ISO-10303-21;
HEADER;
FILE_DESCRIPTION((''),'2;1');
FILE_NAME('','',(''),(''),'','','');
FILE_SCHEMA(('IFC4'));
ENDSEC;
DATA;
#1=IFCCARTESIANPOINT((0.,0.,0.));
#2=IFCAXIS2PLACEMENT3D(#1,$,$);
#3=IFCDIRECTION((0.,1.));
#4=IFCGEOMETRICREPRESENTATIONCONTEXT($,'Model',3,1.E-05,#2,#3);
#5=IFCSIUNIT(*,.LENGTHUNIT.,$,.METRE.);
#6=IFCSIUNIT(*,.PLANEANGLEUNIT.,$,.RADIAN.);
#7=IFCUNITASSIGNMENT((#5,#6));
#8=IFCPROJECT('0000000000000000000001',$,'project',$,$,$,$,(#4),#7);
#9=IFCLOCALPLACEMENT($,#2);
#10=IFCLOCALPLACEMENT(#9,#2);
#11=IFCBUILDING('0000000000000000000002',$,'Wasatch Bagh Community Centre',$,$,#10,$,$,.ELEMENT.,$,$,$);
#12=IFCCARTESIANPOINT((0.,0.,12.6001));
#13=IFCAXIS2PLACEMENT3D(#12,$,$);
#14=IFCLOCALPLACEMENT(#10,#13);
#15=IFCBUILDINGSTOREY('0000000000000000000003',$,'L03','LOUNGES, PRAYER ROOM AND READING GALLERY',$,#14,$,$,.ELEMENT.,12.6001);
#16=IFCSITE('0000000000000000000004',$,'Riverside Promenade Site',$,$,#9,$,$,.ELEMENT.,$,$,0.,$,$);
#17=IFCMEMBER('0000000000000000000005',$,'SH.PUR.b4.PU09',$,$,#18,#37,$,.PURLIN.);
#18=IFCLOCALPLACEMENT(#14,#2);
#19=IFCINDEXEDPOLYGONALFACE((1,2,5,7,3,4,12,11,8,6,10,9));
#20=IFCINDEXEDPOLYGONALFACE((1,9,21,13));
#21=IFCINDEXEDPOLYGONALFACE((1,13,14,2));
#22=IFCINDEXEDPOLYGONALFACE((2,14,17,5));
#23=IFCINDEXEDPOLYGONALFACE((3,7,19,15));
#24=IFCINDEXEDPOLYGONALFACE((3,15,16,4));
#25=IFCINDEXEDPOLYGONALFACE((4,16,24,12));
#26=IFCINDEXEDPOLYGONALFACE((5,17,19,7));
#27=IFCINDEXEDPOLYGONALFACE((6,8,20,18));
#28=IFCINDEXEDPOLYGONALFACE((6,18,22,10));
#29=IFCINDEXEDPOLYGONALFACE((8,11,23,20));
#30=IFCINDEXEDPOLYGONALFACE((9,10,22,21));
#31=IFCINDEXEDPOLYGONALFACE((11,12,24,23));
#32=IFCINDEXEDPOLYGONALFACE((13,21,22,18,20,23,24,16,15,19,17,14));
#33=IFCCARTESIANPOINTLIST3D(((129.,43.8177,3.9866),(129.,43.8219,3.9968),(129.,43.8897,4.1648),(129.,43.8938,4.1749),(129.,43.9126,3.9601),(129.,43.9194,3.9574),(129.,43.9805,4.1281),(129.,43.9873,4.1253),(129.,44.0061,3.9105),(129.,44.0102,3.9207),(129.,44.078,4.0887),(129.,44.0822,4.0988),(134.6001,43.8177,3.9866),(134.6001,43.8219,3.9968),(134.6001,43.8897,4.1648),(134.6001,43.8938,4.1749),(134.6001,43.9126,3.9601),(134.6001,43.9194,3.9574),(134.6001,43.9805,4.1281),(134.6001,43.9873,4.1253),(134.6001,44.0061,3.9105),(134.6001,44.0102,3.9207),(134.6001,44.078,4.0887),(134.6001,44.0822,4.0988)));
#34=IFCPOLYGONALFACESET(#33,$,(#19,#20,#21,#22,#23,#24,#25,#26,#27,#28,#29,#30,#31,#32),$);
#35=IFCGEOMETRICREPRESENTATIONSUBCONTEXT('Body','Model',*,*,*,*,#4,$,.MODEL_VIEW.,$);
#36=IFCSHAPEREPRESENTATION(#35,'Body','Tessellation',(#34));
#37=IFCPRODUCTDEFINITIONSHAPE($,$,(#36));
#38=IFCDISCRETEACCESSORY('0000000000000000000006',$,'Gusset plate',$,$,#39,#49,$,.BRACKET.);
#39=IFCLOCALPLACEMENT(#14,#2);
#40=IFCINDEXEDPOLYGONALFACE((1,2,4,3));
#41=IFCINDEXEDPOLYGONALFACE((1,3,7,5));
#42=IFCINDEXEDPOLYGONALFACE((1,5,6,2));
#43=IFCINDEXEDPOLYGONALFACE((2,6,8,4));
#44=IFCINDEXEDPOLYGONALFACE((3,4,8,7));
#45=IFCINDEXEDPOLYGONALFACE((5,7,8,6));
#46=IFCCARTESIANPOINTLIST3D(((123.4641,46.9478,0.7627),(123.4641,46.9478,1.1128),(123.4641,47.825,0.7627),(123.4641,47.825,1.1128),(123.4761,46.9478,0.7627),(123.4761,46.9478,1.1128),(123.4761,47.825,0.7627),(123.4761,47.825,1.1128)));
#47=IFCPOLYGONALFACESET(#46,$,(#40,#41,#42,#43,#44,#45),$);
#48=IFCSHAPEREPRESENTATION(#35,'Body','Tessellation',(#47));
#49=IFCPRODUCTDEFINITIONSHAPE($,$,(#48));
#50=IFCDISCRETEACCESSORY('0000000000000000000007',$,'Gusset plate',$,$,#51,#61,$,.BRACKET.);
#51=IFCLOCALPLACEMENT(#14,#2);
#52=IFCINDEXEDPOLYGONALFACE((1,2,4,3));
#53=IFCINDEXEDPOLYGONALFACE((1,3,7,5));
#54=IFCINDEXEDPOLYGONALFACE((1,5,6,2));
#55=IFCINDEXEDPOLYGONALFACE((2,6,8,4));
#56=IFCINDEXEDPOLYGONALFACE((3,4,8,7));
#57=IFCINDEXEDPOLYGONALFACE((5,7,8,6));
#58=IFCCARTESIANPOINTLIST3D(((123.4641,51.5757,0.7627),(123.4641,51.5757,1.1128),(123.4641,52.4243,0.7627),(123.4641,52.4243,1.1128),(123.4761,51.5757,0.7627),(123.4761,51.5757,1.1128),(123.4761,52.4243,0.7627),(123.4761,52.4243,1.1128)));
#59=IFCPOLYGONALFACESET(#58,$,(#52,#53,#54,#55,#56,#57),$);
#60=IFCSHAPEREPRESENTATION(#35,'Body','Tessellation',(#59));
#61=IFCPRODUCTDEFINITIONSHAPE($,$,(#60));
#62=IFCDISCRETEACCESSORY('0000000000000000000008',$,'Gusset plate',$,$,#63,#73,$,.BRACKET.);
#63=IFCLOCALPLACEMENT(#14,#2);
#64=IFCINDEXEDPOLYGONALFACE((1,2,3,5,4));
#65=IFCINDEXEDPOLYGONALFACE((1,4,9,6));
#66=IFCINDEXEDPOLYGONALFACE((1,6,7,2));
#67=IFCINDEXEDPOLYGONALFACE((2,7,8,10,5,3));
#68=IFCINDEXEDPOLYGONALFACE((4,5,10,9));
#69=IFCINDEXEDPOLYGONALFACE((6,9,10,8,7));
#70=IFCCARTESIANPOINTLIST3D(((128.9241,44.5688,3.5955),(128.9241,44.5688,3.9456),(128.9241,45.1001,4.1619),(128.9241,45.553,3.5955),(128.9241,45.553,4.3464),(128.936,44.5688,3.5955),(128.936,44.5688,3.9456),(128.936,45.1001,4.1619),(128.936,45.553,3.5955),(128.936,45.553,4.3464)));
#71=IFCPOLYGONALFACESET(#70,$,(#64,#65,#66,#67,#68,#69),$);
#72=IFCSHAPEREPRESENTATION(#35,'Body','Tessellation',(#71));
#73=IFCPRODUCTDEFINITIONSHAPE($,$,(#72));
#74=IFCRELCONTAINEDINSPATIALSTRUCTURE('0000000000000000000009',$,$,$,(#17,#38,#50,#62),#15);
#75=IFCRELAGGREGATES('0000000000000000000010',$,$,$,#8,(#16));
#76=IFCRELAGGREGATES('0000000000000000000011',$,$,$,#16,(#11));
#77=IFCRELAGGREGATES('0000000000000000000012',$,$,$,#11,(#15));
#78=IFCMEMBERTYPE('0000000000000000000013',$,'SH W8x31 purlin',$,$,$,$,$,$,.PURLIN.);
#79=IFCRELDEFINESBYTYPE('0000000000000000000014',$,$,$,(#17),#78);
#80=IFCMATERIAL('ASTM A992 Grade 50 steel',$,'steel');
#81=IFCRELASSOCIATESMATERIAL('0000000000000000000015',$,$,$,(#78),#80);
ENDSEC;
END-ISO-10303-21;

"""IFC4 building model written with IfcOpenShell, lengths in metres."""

from ifc_helpers import new_model, si_unit, direction, frame, origin, origin_2d, place, context, subcontext, project, spatial, polyline, i_section, outline, extrude, material, material_profile, profile_set, type_object, element, save


model = new_model("IFC4")

# Units and contexts
model_context = context("Model", 3, precision=1e-05, world=origin(), true_north=direction((0.0, 1.0)))
body_context = subcontext(model_context, "Body", "Model", "MODEL_VIEW")
ifc_project = project(units=[si_unit("LENGTHUNIT", "METRE"), si_unit("PLANEANGLEUNIT", "RADIAN")], contexts=[model_context])

# Site, building, storey
site_placement = place(None, origin())
site = spatial("IfcSite", under=ifc_project, at=site_placement, Name="Riverside Promenade Site", CompositionType="ELEMENT", RefElevation=0.0)
building_placement = place(site_placement, origin())
building = spatial("IfcBuilding", under=site, at=building_placement, Name="Wasatch Bagh Community Centre", CompositionType="ELEMENT")
storey_placement = place(building_placement, frame((0.0, 0.0, 12.6001)))
storey = spatial("IfcBuildingStorey", under=building, at=storey_placement, Name="L03", Description="LOUNGES, PRAYER ROOM AND READING GALLERY", CompositionType="ELEMENT", Elevation=12.6001)

# Member
ifc_material_1 = material(Name="ASTM A992 Grade 50 steel", Category="steel")
ifc_material_profile_1 = material_profile(ifc_material_1, i_section(OverallWidth=0.2031, OverallDepth=0.2031, WebThickness=0.0073, FlangeThickness=0.011, at=origin_2d()), Name="W8x31")
ifc_profile_set_1 = profile_set([ifc_material_profile_1], Name="ASTM A992 Grade 50 steel")
member_type_1 = type_object("IfcMemberType", Name="SH W8x31 purlin", PredefinedType="PURLIN", material=ifc_profile_set_1)
member_1_placement = place(storey_placement, frame((129.0, 43.95, 4.0427), z_axis=(1.0, 0.0, 0.0), x_axis=(0.0, 0.927184, -0.374607)))
element("IfcMember", 1, at=member_1_placement, inside=storey, type_object=member_type_1, Name="SH.PUR.b4.PU09", PredefinedType="PURLIN", context=body_context, shape_type="SweptSolid", body=[
    extrude(i_section(OverallWidth=0.2031, OverallDepth=0.2031, WebThickness=0.0073, FlangeThickness=0.011, at=origin_2d()), origin(), (0.0, 0.0, 1.0), 5.6001),
])

# Discrete accessories
discrete_accessory_1_placement = place(storey_placement, frame((123.4761, 46.9478, 0.7627), z_axis=(1.0, 0.0, 0.0), x_axis=(0.0, 1.0, 0.0)))
element("IfcDiscreteAccessory", 2, at=discrete_accessory_1_placement, inside=storey, Name="Gusset plate", PredefinedType="BRACKET", context=body_context, shape_type="SweptSolid", body=[
    extrude(outline(polyline([(0.0, 0.0), (0.8772, 0.0), (0.8772, 0.3501), (0.0, 0.3501), (0.0, 0.0)])), origin(), (0.0, 0.0, -1.0), 0.012),
])
discrete_accessory_2_placement = place(storey_placement, frame((123.4761, 51.5757, 0.7627), z_axis=(1.0, 0.0, 0.0), x_axis=(0.0, 1.0, 0.0)))
element("IfcDiscreteAccessory", 3, at=discrete_accessory_2_placement, inside=storey, Name="Gusset plate", PredefinedType="BRACKET", context=body_context, shape_type="SweptSolid", body=[
    extrude(outline(polyline([(0.0, 0.0), (0.8486, 0.0), (0.8486, 0.3501), (0.0, 0.3501), (0.0, 0.0)])), origin(), (0.0, 0.0, -1.0), 0.012),
])
discrete_accessory_3_placement = place(storey_placement, frame((128.9241, 44.5688, 3.9456), z_axis=(-1.0, 0.0, 0.0), x_axis=(0.0, 0.926169, 0.377108)))
element("IfcDiscreteAccessory", 4, at=discrete_accessory_3_placement, inside=storey, Name="Gusset plate", PredefinedType="BRACKET", context=body_context, shape_type="SweptSolid", body=[
    extrude(outline(polyline([(0.0, 0.0), (0.5736, 0.0), (1.0626, -0.0002), (0.7794, 0.6954), (-0.132, 0.3242), (0.0, 0.0)])), origin(), (0.0, 0.0, -1.0), 0.012),
])

save(model, "model.ifc")
